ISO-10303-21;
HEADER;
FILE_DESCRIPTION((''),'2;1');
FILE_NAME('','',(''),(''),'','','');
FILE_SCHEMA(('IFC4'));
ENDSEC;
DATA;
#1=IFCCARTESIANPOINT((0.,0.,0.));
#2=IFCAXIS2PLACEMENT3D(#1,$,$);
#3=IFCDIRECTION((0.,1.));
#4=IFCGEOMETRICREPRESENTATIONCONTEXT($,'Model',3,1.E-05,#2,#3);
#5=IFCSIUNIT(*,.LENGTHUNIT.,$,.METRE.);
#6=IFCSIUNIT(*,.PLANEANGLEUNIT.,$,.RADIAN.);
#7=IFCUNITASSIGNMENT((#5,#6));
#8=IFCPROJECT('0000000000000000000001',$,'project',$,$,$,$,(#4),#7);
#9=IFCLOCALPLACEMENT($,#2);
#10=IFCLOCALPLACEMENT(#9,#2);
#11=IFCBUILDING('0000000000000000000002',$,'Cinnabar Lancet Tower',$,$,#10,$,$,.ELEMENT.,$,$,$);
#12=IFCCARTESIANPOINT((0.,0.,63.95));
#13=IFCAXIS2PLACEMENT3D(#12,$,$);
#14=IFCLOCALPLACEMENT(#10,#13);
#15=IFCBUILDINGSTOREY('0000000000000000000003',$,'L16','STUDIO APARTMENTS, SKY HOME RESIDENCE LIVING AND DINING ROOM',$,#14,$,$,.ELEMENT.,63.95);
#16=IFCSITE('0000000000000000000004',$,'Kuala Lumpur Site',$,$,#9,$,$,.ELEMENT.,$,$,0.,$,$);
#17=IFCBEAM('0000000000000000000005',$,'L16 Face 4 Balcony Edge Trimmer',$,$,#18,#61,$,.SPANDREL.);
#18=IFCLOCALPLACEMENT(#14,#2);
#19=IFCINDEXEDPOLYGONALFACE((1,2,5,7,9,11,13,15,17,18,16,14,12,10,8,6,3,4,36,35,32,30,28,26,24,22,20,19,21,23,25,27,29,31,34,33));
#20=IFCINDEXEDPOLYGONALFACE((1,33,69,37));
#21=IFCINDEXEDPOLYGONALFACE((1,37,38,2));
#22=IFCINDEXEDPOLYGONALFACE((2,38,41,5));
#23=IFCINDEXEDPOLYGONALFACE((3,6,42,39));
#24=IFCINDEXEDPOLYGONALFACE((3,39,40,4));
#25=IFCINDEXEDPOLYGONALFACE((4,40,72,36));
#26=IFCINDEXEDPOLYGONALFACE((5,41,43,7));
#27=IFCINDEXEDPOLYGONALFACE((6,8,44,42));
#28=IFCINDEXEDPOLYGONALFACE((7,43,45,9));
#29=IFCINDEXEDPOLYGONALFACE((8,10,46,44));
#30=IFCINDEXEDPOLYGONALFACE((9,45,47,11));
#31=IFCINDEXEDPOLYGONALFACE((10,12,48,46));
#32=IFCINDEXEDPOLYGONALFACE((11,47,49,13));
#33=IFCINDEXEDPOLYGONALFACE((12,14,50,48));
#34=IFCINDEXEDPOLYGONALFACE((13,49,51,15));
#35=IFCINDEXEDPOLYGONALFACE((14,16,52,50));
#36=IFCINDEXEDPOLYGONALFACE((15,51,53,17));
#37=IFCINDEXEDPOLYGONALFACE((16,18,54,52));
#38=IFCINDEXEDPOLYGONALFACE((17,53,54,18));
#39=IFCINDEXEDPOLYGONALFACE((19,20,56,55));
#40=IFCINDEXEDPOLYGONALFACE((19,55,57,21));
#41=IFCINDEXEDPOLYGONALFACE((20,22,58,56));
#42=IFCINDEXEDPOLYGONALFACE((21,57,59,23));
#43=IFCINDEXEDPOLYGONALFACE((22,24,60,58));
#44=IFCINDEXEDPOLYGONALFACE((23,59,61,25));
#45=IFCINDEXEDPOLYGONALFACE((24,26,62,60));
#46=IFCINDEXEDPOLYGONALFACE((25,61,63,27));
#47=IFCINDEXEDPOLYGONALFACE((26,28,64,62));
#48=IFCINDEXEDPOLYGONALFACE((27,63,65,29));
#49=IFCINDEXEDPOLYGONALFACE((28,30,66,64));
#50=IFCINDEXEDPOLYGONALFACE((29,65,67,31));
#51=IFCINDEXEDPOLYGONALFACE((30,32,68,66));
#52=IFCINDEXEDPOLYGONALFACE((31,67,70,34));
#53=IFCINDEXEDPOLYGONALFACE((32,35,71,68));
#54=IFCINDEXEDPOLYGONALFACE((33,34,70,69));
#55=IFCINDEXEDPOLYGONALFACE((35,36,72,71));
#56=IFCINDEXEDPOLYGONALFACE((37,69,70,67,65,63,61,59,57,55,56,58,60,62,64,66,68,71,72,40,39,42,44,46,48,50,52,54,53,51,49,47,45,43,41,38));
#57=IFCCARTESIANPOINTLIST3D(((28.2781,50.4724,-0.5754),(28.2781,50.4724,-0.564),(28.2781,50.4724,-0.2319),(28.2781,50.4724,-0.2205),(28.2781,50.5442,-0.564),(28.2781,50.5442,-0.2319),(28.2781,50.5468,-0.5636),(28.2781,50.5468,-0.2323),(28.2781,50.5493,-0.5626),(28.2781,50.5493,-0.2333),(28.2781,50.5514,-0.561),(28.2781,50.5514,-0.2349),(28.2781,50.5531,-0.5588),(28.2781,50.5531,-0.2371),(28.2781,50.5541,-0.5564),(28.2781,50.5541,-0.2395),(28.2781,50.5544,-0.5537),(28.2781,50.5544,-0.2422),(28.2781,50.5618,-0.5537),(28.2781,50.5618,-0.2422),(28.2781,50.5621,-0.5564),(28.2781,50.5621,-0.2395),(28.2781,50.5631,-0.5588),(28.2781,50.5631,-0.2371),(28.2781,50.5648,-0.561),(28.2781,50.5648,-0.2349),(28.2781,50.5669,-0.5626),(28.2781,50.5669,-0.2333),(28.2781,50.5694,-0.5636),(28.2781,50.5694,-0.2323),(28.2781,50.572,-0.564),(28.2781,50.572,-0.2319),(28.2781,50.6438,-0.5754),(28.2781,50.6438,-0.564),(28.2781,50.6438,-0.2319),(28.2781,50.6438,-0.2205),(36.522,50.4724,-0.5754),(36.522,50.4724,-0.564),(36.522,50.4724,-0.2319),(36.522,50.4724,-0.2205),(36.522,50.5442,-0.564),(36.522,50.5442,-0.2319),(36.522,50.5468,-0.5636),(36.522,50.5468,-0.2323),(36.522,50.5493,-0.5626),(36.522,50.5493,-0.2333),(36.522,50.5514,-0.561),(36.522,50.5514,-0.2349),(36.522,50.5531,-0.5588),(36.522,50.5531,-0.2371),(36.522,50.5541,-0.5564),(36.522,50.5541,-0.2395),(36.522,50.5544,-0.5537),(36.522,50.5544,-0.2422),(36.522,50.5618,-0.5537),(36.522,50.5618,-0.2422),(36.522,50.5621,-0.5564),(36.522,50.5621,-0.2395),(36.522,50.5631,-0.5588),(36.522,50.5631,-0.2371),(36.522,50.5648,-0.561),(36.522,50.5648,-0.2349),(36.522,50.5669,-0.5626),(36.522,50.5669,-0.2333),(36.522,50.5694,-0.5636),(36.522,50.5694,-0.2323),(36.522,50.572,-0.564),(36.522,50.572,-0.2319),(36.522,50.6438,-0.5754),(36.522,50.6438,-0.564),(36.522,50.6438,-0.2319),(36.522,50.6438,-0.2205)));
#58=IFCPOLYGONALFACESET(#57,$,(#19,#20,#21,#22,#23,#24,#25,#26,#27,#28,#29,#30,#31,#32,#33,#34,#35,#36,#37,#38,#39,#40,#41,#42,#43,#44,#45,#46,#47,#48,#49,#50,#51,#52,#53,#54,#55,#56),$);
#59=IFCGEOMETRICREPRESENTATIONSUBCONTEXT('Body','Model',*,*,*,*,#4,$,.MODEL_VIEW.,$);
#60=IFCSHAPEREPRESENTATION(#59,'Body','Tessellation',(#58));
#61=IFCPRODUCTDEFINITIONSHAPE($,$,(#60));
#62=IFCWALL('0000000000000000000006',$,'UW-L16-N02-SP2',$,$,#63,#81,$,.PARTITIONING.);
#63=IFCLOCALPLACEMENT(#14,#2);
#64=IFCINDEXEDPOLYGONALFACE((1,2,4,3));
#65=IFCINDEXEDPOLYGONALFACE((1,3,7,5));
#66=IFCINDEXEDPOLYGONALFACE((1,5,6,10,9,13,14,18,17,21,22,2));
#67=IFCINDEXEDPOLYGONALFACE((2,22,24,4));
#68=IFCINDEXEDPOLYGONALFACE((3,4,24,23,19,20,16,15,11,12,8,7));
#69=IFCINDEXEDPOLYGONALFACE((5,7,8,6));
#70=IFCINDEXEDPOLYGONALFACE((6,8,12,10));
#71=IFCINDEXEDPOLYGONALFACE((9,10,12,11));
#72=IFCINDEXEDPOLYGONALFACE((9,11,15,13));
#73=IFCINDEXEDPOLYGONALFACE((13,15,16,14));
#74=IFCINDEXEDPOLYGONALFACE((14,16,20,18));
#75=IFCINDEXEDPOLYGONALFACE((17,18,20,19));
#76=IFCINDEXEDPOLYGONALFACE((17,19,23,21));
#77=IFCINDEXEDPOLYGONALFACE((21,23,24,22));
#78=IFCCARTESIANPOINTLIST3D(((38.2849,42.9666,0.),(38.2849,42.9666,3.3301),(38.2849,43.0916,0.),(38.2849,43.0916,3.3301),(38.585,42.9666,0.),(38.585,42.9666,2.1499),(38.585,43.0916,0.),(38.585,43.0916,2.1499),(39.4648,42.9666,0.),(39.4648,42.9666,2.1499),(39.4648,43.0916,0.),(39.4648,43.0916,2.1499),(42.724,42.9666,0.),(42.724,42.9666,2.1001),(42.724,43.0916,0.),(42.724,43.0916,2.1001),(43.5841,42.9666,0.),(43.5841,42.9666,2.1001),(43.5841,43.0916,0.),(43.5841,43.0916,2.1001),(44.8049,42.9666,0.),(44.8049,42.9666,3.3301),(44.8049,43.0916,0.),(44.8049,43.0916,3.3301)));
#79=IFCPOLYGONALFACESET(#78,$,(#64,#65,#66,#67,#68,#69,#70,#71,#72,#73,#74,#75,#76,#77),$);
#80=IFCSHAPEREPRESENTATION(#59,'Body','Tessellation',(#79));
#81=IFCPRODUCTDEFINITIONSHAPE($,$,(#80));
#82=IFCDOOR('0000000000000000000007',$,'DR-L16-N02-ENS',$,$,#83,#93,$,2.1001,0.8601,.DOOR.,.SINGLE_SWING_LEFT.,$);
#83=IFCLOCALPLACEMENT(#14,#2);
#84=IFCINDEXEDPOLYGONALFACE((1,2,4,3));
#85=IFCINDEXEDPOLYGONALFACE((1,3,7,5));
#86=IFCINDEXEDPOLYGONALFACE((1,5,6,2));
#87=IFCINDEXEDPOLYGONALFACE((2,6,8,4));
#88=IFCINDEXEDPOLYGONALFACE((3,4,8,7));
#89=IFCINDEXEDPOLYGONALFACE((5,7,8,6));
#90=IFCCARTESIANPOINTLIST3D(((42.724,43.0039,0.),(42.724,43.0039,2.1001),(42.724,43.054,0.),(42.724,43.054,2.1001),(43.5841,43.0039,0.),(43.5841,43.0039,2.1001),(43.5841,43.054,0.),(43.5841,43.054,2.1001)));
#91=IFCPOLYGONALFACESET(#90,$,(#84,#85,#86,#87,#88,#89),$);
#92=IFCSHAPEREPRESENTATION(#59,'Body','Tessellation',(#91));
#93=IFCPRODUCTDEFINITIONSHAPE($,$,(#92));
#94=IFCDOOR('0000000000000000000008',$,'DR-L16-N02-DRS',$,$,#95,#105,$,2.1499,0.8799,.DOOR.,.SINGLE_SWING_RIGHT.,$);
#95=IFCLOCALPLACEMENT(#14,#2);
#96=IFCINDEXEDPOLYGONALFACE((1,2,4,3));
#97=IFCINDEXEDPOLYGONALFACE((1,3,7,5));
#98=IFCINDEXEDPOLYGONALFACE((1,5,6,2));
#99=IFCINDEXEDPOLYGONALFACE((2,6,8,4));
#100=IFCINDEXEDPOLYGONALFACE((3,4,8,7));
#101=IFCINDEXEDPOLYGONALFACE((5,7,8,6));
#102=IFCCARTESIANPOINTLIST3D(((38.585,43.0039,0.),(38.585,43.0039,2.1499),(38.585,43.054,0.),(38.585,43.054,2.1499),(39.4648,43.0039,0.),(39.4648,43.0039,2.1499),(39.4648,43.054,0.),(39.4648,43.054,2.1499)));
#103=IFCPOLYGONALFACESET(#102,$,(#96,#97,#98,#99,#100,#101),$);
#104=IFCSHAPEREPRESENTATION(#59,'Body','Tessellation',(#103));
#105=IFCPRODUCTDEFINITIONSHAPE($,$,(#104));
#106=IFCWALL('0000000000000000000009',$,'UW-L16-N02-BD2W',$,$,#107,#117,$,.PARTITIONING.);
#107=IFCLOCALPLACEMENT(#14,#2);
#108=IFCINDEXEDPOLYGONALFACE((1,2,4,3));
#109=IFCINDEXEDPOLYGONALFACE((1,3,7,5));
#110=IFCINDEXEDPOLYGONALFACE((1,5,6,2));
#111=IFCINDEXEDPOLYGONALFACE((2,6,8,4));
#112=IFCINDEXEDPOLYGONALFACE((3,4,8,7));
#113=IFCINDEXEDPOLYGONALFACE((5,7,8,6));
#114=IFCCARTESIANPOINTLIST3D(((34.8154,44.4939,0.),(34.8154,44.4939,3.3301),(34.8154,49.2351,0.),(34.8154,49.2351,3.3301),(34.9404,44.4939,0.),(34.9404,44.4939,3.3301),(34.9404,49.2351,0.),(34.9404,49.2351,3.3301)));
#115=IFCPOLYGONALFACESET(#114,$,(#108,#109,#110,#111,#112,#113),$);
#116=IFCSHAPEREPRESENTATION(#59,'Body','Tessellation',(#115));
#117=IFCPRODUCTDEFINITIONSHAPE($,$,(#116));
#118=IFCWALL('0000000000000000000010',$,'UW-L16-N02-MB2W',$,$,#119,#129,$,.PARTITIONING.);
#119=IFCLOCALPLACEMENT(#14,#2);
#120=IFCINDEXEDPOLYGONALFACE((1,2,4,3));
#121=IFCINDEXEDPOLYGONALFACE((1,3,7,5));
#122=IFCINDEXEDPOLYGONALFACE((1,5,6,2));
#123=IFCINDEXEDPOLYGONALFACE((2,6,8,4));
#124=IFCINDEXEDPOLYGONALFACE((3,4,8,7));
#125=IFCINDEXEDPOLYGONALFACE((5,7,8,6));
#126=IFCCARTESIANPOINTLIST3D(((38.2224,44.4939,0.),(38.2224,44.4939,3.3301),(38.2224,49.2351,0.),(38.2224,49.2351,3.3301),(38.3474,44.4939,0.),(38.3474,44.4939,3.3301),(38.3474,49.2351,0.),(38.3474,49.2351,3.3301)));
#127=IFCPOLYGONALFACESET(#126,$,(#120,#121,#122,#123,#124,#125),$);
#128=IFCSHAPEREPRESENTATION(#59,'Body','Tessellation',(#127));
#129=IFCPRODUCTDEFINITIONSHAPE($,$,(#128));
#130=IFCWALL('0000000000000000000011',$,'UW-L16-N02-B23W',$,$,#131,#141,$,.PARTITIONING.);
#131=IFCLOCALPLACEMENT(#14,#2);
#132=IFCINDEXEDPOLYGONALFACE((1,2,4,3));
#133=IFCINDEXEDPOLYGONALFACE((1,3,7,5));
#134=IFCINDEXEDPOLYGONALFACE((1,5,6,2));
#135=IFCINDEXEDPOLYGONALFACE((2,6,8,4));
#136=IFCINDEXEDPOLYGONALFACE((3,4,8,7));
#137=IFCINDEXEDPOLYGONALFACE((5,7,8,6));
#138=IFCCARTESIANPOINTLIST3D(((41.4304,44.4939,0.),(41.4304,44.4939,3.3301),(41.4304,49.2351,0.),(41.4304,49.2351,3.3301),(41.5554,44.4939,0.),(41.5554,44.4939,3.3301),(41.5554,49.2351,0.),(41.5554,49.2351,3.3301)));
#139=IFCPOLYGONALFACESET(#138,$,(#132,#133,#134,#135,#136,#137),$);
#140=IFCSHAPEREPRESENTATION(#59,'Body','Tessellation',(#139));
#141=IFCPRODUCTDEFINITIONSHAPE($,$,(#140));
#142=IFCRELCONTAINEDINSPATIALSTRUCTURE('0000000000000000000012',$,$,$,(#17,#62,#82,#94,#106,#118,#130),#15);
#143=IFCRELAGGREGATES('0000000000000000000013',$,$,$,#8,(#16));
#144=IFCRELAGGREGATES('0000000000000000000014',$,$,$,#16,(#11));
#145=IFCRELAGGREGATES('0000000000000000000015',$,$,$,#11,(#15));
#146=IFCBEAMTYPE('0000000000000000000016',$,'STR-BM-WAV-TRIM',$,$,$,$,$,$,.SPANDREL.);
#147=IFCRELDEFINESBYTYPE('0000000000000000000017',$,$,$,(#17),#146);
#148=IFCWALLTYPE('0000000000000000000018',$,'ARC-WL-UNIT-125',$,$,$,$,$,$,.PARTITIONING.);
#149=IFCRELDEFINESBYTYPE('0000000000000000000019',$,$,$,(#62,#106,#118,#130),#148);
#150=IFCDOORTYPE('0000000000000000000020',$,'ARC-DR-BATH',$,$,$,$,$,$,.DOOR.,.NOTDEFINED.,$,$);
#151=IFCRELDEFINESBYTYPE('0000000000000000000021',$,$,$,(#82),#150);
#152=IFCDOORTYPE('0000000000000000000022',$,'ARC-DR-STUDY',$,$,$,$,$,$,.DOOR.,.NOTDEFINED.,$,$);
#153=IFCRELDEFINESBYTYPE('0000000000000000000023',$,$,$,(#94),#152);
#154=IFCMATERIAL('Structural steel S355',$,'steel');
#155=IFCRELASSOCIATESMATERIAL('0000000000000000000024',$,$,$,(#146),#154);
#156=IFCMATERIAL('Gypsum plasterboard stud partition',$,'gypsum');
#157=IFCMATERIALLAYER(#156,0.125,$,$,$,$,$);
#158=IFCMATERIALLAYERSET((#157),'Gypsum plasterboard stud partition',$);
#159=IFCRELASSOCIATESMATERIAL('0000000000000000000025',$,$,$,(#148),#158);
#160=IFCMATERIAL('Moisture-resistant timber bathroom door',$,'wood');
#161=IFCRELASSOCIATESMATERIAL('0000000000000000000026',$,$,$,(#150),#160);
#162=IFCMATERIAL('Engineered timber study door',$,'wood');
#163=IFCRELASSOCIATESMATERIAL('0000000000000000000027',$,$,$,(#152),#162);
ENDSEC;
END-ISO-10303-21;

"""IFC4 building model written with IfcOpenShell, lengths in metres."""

from ifc_helpers import new_model, si_unit, direction, frame, frame_2d, origin, origin_2d, place, context, subcontext, project, spatial, rectangle, i_section, extrude, material, layer, layer_set, material_profile, profile_set, type_object, element, fill, save


model = new_model("IFC4")

# Units and contexts
model_context = context("Model", 3, precision=1e-05, world=origin(), true_north=direction((0.0, 1.0)))
body_context = subcontext(model_context, "Body", "Model", "MODEL_VIEW")
ifc_project = project(units=[si_unit("LENGTHUNIT", "METRE"), si_unit("PLANEANGLEUNIT", "RADIAN")], contexts=[model_context])

# Site, building, storey
site_placement = place(None, origin())
site = spatial("IfcSite", under=ifc_project, at=site_placement, Name="Kuala Lumpur Site", CompositionType="ELEMENT", RefElevation=0.0)
building_placement = place(site_placement, origin())
building = spatial("IfcBuilding", under=site, at=building_placement, Name="Cinnabar Lancet Tower", CompositionType="ELEMENT")
storey_placement = place(building_placement, frame((0.0, 0.0, 63.95)))
storey = spatial("IfcBuildingStorey", under=building, at=storey_placement, Name="L16", Description="STUDIO APARTMENTS, SKY HOME RESIDENCE LIVING AND DINING ROOM", CompositionType="ELEMENT", Elevation=63.95)

# Beam
ifc_material_1 = material(Name="Structural steel S355", Category="steel")
ifc_material_profile_1 = material_profile(ifc_material_1, i_section(OverallWidth=0.1714, OverallDepth=0.355, WebThickness=0.0073, FlangeThickness=0.0115, FilletRadius=0.0103, at=origin_2d()), Name="UKB 356x171x51")
ifc_profile_set_1 = profile_set([ifc_material_profile_1], Name="Structural steel S355")
beam_type_1 = type_object("IfcBeamType", Name="STR-BM-WAV-TRIM", PredefinedType="SPANDREL", material=ifc_profile_set_1)
beam_1_placement = place(storey_placement, frame((36.522, 50.5581, -0.3979), z_axis=(-1.0, 0.0, 0.0), x_axis=(0.0, -1.0, 0.0)))
element("IfcBeam", 1, at=beam_1_placement, inside=storey, type_object=beam_type_1, Name="L16 Face 4 Balcony Edge Trimmer", PredefinedType="SPANDREL", context=body_context, shape_type="SweptSolid", body=[
    extrude(i_section(OverallWidth=0.1714, OverallDepth=0.355, WebThickness=0.0073, FlangeThickness=0.0115, FilletRadius=0.0103, at=origin_2d()), origin(), (0.0, 0.0, 1.0), 8.2439),
])

# Wall, openings, doors
ifc_material_2 = material(Name="Gypsum plasterboard stud partition", Category="gypsum")
ifc_layer_1 = layer(ifc_material_2, 0.125)
ifc_layer_set_1 = layer_set([ifc_layer_1], Name="Gypsum plasterboard stud partition")
wall_type_1 = type_object("IfcWallType", Name="ARC-WL-UNIT-125", PredefinedType="PARTITIONING", material=ifc_layer_set_1)
wall_1_placement = place(storey_placement, frame((38.2849, 43.0291, 0.0), z_axis=(0.0, 0.0, 1.0), x_axis=(1.0, 0.0, 0.0)))
wall_1 = element("IfcWall", 2, at=wall_1_placement, inside=storey, type_object=wall_type_1, Name="UW-L16-N02-SP2", PredefinedType="PARTITIONING", context=body_context, shape_type="SweptSolid", body=[
    extrude(rectangle(XDim=6.52, YDim=0.125, at=frame_2d((3.26, 0.0))), origin(), (0.0, 0.0, 1.0), 3.3301),
])
opening_1_placement = place(wall_1_placement, frame((4.439, 0.0, 0.0)))
opening_1 = element("IfcOpeningElement", 3, at=opening_1_placement, cuts=wall_1, PredefinedType="OPENING", context=body_context, shape_type="SweptSolid", body=[
    extrude(rectangle(XDim=0.8601, YDim=2.1001, at=frame_2d((0.4302, 1.05))), frame((0.0, 0.0725, 0.0), z_axis=(0.0, -1.0, 0.0), x_axis=(1.0, 0.0, 0.0)), (0.0, 0.0, 1.0), 0.145),
])
opening_2_placement = place(wall_1_placement, frame((0.3, 0.0, 0.0)))
opening_2 = element("IfcOpeningElement", 4, at=opening_2_placement, cuts=wall_1, PredefinedType="OPENING", context=body_context, shape_type="SweptSolid", body=[
    extrude(rectangle(XDim=0.8799, YDim=2.1499, at=frame_2d((0.4399, 1.075))), frame((0.0, 0.0725, 0.0), z_axis=(0.0, -1.0, 0.0), x_axis=(1.0, 0.0, 0.0)), (0.0, 0.0, 1.0), 0.145),
])
ifc_material_3 = material(Name="Moisture-resistant timber bathroom door", Category="wood")
door_type_1 = type_object("IfcDoorType", Name="ARC-DR-BATH", OperationType="NOTDEFINED", PredefinedType="DOOR", material=ifc_material_3)
door_1_placement = place(opening_1_placement, origin())
door_1 = element("IfcDoor", 5, at=door_1_placement, inside=storey, type_object=door_type_1, Name="DR-L16-N02-ENS", OperationType="SINGLE_SWING_LEFT", OverallHeight=2.1001, OverallWidth=0.8601, PredefinedType="DOOR", context=body_context, shape_type="SweptSolid", body=[
    extrude(rectangle(XDim=0.8601, YDim=2.1001, at=frame_2d((0.4302, 1.05))), frame((0.0, 0.0249, 0.0), z_axis=(0.0, -1.0, 0.0), x_axis=(1.0, 0.0, 0.0)), (0.0, 0.0, 1.0), 0.05),
])
fill(opening_1, door_1)
ifc_material_4 = material(Name="Engineered timber study door", Category="wood")
door_type_2 = type_object("IfcDoorType", Name="ARC-DR-STUDY", OperationType="NOTDEFINED", PredefinedType="DOOR", material=ifc_material_4)
door_2_placement = place(opening_2_placement, origin())
door_2 = element("IfcDoor", 6, at=door_2_placement, inside=storey, type_object=door_type_2, Name="DR-L16-N02-DRS", OperationType="SINGLE_SWING_RIGHT", OverallHeight=2.1499, OverallWidth=0.8799, PredefinedType="DOOR", context=body_context, shape_type="SweptSolid", body=[
    extrude(rectangle(XDim=0.8799, YDim=2.1499, at=frame_2d((0.4399, 1.075))), frame((0.0, 0.0249, 0.0), z_axis=(0.0, -1.0, 0.0), x_axis=(1.0, 0.0, 0.0)), (0.0, 0.0, 1.0), 0.05),
])
fill(opening_2, door_2)

# Wall
wall_2_placement = place(storey_placement, frame((34.8779, 44.4939, 0.0), z_axis=(0.0, 0.0, 1.0), x_axis=(0.0, 1.0, 0.0)))
element("IfcWall", 7, at=wall_2_placement, inside=storey, type_object=wall_type_1, Name="UW-L16-N02-BD2W", PredefinedType="PARTITIONING", context=body_context, shape_type="SweptSolid", body=[
    extrude(rectangle(XDim=4.7412, YDim=0.125, at=frame_2d((2.3706, 0.0))), origin(), (0.0, 0.0, 1.0), 3.3301),
])

# Walls
for number, where, z_axis, x_axis, name in (
    (8, (38.2849, 44.4939, 0.0), (0.0, 0.0, 1.0), (0.0, 1.0, 0.0), "UW-L16-N02-MB2W"),
    (9, (41.4929, 44.4939, 0.0), (0.0, 0.0, 1.0), (0.0, 1.0, 0.0), "UW-L16-N02-B23W"),
):
    element("IfcWall", number, at=place(storey_placement, frame(where, z_axis=z_axis, x_axis=x_axis)), inside=storey, type_object=wall_type_1, Name=name, PredefinedType="PARTITIONING", context=body_context, shape_type="SweptSolid", body=[
        extrude(rectangle(XDim=4.7412, YDim=0.125, at=frame_2d((2.3706, 0.0))), origin(), (0.0, 0.0, 1.0), 3.3301),
    ])

save(model, "model.ifc")
